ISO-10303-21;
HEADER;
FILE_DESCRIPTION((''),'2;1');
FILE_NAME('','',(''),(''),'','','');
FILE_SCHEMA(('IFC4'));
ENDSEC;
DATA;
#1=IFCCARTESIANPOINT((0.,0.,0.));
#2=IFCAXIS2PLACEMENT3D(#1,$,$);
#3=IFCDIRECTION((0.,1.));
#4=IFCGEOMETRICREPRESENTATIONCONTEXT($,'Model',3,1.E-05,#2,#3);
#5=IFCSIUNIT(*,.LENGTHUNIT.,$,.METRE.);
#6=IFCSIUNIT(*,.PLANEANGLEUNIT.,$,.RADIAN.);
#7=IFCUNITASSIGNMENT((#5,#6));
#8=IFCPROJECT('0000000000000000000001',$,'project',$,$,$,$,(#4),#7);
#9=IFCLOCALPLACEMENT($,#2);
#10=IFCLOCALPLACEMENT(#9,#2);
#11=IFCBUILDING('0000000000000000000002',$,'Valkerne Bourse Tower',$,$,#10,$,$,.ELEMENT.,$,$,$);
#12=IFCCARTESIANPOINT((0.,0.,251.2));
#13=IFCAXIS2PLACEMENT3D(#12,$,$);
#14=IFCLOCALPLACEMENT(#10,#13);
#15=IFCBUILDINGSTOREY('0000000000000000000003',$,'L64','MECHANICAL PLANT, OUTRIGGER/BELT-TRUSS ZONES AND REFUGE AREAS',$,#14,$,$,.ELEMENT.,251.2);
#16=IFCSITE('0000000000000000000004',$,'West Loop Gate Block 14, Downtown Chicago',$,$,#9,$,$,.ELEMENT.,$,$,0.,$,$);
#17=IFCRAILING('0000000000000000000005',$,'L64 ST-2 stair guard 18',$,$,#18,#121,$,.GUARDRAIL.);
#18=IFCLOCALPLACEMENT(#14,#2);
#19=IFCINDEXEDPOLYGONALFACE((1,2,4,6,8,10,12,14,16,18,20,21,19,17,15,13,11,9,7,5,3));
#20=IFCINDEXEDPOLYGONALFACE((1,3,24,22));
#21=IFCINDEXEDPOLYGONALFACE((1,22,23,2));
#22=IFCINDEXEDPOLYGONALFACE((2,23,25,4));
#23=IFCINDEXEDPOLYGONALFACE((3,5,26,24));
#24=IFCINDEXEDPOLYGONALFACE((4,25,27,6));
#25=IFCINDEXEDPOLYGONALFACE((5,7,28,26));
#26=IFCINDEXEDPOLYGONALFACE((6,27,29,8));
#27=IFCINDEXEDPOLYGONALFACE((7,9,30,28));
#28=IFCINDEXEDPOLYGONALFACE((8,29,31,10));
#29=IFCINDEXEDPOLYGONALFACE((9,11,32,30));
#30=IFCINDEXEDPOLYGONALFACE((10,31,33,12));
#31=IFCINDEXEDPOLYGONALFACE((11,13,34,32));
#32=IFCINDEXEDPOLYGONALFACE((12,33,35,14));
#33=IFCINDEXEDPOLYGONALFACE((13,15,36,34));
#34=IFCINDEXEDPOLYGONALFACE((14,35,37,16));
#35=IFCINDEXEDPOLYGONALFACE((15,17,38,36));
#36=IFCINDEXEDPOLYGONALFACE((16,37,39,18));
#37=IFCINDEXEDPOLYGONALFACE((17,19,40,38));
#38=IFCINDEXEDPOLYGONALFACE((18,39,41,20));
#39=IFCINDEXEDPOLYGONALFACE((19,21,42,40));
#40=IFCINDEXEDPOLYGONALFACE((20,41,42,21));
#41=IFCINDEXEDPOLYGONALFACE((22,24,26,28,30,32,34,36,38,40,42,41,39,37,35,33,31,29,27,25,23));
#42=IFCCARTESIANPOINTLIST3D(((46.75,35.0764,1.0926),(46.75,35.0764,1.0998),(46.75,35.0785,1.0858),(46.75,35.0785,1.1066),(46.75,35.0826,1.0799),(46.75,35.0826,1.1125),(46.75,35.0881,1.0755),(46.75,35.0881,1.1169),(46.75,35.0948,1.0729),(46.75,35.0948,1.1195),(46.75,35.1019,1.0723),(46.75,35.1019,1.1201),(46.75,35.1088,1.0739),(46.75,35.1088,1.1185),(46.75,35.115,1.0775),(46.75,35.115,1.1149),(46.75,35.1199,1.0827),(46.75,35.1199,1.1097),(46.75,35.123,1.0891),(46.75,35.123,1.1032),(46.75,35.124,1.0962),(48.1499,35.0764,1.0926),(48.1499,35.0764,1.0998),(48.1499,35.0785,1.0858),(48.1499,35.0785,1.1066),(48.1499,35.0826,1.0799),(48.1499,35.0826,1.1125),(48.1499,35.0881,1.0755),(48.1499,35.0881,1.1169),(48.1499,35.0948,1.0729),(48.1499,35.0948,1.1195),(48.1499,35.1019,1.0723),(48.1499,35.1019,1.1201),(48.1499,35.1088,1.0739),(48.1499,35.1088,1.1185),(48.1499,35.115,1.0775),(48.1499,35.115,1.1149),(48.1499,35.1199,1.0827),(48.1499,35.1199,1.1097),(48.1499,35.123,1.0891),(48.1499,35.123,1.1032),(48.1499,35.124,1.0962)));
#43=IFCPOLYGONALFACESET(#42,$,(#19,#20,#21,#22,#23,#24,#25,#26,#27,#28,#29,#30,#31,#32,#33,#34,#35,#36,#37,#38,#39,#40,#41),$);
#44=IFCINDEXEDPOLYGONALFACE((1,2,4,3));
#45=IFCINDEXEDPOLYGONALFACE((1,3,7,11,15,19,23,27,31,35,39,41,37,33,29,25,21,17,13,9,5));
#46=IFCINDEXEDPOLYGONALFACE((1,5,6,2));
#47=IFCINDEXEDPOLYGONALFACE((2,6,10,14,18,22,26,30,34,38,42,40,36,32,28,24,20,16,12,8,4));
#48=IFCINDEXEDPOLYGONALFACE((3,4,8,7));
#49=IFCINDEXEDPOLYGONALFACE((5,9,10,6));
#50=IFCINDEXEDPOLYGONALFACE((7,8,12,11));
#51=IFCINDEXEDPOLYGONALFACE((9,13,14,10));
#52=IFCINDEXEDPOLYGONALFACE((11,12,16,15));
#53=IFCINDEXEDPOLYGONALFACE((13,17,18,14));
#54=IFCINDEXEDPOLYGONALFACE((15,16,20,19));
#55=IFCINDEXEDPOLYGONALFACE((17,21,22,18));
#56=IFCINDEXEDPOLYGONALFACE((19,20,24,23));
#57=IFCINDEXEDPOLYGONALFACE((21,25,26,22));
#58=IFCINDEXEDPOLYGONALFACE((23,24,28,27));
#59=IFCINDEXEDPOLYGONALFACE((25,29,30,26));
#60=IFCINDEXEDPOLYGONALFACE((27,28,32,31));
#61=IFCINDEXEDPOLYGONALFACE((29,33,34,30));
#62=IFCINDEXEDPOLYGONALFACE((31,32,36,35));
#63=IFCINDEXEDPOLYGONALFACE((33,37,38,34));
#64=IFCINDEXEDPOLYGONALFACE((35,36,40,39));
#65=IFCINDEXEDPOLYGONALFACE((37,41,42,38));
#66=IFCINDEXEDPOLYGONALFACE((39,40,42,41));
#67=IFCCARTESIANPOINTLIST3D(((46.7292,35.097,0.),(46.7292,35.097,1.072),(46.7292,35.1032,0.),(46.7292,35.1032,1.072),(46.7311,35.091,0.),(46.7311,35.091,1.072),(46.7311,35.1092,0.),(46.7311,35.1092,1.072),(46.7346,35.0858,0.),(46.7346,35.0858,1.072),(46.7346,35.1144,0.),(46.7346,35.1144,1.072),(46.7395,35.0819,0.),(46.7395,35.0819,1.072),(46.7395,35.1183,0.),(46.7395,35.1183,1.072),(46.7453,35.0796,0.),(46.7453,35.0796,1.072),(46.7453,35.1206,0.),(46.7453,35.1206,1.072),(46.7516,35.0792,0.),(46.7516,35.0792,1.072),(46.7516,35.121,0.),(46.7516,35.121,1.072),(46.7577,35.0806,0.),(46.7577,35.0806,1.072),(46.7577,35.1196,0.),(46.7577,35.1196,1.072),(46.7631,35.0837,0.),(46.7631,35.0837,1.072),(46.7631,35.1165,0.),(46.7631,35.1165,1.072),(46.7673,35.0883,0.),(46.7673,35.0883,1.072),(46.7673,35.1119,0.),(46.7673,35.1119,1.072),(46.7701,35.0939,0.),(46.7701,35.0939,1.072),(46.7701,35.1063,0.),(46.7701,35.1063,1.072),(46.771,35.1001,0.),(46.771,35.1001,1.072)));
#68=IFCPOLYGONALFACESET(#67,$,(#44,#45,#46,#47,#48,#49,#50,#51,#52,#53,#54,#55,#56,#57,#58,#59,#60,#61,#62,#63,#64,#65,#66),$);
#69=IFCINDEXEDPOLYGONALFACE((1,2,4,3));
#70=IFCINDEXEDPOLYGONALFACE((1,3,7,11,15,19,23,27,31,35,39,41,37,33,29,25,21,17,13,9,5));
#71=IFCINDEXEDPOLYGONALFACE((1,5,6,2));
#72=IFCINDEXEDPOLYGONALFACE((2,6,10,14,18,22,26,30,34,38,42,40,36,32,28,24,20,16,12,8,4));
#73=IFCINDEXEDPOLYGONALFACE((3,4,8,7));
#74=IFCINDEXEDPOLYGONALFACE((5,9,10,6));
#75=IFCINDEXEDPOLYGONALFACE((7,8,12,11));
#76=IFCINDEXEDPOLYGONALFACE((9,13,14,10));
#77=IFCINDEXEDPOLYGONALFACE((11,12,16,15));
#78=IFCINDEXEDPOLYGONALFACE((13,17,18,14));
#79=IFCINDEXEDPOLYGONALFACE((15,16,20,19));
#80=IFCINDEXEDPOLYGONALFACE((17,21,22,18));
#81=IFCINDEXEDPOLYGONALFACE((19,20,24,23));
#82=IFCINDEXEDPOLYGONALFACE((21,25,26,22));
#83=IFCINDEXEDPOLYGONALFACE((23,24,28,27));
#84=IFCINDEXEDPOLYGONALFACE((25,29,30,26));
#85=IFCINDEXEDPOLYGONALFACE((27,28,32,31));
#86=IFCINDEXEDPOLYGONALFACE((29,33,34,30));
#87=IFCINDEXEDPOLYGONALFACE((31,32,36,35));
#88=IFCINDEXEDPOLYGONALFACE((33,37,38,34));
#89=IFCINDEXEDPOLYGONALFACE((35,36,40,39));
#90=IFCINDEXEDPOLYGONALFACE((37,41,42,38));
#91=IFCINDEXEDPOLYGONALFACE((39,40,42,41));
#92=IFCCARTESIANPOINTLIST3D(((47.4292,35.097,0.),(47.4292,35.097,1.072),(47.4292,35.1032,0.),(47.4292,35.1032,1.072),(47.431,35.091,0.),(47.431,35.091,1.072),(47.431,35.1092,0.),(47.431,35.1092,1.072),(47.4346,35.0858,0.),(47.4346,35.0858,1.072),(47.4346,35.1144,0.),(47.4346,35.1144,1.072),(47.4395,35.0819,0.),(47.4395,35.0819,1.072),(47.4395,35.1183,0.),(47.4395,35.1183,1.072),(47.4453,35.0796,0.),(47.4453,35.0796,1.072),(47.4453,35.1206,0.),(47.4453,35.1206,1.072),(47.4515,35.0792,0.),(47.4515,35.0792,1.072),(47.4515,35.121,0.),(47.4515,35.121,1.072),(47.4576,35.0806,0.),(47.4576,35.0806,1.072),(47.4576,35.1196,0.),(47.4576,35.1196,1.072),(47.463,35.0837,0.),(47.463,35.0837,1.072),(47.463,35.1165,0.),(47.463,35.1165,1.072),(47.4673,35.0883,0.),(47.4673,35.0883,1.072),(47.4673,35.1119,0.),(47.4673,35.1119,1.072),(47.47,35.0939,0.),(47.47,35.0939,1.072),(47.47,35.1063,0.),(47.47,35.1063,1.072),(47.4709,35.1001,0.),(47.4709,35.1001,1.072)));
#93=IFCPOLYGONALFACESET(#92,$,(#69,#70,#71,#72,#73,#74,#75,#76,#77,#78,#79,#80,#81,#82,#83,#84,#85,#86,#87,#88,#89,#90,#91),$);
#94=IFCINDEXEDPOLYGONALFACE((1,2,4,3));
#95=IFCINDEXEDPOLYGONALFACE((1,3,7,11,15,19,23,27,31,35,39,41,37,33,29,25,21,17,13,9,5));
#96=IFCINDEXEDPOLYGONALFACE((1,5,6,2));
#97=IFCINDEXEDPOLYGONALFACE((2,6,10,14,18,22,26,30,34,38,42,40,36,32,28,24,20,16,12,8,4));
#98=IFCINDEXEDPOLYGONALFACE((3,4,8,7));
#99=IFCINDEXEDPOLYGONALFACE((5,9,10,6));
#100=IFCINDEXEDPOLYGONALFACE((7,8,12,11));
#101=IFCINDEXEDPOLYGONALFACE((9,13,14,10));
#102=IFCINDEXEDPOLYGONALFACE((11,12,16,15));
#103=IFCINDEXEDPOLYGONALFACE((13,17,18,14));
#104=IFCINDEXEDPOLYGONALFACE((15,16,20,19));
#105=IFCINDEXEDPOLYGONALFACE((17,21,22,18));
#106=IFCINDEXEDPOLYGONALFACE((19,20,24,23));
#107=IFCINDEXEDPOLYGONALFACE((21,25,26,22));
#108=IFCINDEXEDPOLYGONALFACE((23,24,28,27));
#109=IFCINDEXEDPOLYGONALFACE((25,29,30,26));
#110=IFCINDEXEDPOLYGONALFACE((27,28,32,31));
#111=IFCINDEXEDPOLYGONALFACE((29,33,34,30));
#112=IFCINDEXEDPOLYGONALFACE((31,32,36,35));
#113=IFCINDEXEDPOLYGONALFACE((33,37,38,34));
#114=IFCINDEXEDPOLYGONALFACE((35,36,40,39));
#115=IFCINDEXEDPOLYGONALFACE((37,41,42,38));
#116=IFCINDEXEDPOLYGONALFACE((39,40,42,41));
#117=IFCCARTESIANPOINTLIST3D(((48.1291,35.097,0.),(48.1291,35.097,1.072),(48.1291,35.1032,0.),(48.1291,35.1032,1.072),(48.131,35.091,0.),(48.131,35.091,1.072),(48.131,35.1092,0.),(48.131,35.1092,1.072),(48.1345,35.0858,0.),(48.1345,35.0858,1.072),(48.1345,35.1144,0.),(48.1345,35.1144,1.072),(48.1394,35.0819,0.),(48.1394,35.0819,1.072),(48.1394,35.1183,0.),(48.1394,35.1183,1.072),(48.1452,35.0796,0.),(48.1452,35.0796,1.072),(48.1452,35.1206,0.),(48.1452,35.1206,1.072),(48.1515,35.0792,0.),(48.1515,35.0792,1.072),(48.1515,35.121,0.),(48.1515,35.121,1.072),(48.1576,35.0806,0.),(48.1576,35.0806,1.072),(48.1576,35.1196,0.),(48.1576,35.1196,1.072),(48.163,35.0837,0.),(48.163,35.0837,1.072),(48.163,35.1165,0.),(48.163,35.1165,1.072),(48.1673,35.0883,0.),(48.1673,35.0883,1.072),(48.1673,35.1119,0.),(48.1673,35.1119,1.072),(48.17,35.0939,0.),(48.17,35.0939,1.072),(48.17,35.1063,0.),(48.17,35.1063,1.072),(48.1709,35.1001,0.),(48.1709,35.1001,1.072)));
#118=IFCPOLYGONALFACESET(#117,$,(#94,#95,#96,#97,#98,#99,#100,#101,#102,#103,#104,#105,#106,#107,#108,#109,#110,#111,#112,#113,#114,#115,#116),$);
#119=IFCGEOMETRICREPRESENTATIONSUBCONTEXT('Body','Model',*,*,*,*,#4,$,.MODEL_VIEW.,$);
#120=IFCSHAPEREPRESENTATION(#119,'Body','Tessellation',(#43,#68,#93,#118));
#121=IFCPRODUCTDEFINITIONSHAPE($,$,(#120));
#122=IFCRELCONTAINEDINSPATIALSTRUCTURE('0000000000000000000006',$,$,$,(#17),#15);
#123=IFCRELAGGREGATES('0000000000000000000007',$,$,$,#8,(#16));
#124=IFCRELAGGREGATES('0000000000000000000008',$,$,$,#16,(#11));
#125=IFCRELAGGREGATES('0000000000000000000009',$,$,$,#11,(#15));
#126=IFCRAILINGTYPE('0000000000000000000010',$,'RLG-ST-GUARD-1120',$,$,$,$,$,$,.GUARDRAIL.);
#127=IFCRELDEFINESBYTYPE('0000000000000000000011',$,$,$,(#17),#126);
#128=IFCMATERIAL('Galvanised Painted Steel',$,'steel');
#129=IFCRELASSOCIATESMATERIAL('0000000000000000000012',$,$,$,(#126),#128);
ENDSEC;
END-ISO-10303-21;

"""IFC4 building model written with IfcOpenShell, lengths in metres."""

from ifc_helpers import new_model, si_unit, direction, frame, origin, origin_2d, place, context, subcontext, project, spatial, circle, extrude, material, type_object, element, save


model = new_model("IFC4")

# Units and contexts
model_context = context("Model", 3, precision=1e-05, world=origin(), true_north=direction((0.0, 1.0)))
body_context = subcontext(model_context, "Body", "Model", "MODEL_VIEW")
ifc_project = project(units=[si_unit("LENGTHUNIT", "METRE"), si_unit("PLANEANGLEUNIT", "RADIAN")], contexts=[model_context])

# Site, building, storey
site_placement = place(None, origin())
site = spatial("IfcSite", under=ifc_project, at=site_placement, Name="West Loop Gate Block 14, Downtown Chicago", CompositionType="ELEMENT", RefElevation=0.0)
building_placement = place(site_placement, origin())
building = spatial("IfcBuilding", under=site, at=building_placement, Name="Valkerne Bourse Tower", CompositionType="ELEMENT")
storey_placement = place(building_placement, frame((0.0, 0.0, 251.2)))
storey = spatial("IfcBuildingStorey", under=building, at=storey_placement, Name="L64", Description="MECHANICAL PLANT, OUTRIGGER/BELT-TRUSS ZONES AND REFUGE AREAS", CompositionType="ELEMENT", Elevation=251.2)

# Railing
ifc_material_1 = material(Name="Galvanised Painted Steel", Category="steel")
railing_type_1 = type_object("IfcRailingType", Name="RLG-ST-GUARD-1120", PredefinedType="GUARDRAIL", material=ifc_material_1)
railing_1_placement = place(storey_placement, frame((46.75, 35.1001, 0.0)))
element("IfcRailing", 1, at=railing_1_placement, inside=storey, type_object=railing_type_1, Name="L64 ST-2 stair guard 18", PredefinedType="GUARDRAIL", context=body_context, shape_type="SweptSolid", body=[
    extrude(circle(Radius=0.0239, at=origin_2d()), frame((0.0, 0.0, 1.0962), z_axis=(1.0, 0.0, 0.0), x_axis=(0.0, 1.0, 0.0)), (0.0, 0.0, 1.0), 1.3999),
    extrude(circle(Radius=0.021, at=origin_2d()), origin(), (0.0, 0.0, 1.0), 1.072),
    extrude(circle(Radius=0.021, at=origin_2d()), frame((0.7, 0.0, 0.0)), (0.0, 0.0, 1.0), 1.072),
    extrude(circle(Radius=0.021, at=origin_2d()), frame((1.3999, 0.0, 0.0)), (0.0, 0.0, 1.0), 1.072),
])

save(model, "model.ifc")
